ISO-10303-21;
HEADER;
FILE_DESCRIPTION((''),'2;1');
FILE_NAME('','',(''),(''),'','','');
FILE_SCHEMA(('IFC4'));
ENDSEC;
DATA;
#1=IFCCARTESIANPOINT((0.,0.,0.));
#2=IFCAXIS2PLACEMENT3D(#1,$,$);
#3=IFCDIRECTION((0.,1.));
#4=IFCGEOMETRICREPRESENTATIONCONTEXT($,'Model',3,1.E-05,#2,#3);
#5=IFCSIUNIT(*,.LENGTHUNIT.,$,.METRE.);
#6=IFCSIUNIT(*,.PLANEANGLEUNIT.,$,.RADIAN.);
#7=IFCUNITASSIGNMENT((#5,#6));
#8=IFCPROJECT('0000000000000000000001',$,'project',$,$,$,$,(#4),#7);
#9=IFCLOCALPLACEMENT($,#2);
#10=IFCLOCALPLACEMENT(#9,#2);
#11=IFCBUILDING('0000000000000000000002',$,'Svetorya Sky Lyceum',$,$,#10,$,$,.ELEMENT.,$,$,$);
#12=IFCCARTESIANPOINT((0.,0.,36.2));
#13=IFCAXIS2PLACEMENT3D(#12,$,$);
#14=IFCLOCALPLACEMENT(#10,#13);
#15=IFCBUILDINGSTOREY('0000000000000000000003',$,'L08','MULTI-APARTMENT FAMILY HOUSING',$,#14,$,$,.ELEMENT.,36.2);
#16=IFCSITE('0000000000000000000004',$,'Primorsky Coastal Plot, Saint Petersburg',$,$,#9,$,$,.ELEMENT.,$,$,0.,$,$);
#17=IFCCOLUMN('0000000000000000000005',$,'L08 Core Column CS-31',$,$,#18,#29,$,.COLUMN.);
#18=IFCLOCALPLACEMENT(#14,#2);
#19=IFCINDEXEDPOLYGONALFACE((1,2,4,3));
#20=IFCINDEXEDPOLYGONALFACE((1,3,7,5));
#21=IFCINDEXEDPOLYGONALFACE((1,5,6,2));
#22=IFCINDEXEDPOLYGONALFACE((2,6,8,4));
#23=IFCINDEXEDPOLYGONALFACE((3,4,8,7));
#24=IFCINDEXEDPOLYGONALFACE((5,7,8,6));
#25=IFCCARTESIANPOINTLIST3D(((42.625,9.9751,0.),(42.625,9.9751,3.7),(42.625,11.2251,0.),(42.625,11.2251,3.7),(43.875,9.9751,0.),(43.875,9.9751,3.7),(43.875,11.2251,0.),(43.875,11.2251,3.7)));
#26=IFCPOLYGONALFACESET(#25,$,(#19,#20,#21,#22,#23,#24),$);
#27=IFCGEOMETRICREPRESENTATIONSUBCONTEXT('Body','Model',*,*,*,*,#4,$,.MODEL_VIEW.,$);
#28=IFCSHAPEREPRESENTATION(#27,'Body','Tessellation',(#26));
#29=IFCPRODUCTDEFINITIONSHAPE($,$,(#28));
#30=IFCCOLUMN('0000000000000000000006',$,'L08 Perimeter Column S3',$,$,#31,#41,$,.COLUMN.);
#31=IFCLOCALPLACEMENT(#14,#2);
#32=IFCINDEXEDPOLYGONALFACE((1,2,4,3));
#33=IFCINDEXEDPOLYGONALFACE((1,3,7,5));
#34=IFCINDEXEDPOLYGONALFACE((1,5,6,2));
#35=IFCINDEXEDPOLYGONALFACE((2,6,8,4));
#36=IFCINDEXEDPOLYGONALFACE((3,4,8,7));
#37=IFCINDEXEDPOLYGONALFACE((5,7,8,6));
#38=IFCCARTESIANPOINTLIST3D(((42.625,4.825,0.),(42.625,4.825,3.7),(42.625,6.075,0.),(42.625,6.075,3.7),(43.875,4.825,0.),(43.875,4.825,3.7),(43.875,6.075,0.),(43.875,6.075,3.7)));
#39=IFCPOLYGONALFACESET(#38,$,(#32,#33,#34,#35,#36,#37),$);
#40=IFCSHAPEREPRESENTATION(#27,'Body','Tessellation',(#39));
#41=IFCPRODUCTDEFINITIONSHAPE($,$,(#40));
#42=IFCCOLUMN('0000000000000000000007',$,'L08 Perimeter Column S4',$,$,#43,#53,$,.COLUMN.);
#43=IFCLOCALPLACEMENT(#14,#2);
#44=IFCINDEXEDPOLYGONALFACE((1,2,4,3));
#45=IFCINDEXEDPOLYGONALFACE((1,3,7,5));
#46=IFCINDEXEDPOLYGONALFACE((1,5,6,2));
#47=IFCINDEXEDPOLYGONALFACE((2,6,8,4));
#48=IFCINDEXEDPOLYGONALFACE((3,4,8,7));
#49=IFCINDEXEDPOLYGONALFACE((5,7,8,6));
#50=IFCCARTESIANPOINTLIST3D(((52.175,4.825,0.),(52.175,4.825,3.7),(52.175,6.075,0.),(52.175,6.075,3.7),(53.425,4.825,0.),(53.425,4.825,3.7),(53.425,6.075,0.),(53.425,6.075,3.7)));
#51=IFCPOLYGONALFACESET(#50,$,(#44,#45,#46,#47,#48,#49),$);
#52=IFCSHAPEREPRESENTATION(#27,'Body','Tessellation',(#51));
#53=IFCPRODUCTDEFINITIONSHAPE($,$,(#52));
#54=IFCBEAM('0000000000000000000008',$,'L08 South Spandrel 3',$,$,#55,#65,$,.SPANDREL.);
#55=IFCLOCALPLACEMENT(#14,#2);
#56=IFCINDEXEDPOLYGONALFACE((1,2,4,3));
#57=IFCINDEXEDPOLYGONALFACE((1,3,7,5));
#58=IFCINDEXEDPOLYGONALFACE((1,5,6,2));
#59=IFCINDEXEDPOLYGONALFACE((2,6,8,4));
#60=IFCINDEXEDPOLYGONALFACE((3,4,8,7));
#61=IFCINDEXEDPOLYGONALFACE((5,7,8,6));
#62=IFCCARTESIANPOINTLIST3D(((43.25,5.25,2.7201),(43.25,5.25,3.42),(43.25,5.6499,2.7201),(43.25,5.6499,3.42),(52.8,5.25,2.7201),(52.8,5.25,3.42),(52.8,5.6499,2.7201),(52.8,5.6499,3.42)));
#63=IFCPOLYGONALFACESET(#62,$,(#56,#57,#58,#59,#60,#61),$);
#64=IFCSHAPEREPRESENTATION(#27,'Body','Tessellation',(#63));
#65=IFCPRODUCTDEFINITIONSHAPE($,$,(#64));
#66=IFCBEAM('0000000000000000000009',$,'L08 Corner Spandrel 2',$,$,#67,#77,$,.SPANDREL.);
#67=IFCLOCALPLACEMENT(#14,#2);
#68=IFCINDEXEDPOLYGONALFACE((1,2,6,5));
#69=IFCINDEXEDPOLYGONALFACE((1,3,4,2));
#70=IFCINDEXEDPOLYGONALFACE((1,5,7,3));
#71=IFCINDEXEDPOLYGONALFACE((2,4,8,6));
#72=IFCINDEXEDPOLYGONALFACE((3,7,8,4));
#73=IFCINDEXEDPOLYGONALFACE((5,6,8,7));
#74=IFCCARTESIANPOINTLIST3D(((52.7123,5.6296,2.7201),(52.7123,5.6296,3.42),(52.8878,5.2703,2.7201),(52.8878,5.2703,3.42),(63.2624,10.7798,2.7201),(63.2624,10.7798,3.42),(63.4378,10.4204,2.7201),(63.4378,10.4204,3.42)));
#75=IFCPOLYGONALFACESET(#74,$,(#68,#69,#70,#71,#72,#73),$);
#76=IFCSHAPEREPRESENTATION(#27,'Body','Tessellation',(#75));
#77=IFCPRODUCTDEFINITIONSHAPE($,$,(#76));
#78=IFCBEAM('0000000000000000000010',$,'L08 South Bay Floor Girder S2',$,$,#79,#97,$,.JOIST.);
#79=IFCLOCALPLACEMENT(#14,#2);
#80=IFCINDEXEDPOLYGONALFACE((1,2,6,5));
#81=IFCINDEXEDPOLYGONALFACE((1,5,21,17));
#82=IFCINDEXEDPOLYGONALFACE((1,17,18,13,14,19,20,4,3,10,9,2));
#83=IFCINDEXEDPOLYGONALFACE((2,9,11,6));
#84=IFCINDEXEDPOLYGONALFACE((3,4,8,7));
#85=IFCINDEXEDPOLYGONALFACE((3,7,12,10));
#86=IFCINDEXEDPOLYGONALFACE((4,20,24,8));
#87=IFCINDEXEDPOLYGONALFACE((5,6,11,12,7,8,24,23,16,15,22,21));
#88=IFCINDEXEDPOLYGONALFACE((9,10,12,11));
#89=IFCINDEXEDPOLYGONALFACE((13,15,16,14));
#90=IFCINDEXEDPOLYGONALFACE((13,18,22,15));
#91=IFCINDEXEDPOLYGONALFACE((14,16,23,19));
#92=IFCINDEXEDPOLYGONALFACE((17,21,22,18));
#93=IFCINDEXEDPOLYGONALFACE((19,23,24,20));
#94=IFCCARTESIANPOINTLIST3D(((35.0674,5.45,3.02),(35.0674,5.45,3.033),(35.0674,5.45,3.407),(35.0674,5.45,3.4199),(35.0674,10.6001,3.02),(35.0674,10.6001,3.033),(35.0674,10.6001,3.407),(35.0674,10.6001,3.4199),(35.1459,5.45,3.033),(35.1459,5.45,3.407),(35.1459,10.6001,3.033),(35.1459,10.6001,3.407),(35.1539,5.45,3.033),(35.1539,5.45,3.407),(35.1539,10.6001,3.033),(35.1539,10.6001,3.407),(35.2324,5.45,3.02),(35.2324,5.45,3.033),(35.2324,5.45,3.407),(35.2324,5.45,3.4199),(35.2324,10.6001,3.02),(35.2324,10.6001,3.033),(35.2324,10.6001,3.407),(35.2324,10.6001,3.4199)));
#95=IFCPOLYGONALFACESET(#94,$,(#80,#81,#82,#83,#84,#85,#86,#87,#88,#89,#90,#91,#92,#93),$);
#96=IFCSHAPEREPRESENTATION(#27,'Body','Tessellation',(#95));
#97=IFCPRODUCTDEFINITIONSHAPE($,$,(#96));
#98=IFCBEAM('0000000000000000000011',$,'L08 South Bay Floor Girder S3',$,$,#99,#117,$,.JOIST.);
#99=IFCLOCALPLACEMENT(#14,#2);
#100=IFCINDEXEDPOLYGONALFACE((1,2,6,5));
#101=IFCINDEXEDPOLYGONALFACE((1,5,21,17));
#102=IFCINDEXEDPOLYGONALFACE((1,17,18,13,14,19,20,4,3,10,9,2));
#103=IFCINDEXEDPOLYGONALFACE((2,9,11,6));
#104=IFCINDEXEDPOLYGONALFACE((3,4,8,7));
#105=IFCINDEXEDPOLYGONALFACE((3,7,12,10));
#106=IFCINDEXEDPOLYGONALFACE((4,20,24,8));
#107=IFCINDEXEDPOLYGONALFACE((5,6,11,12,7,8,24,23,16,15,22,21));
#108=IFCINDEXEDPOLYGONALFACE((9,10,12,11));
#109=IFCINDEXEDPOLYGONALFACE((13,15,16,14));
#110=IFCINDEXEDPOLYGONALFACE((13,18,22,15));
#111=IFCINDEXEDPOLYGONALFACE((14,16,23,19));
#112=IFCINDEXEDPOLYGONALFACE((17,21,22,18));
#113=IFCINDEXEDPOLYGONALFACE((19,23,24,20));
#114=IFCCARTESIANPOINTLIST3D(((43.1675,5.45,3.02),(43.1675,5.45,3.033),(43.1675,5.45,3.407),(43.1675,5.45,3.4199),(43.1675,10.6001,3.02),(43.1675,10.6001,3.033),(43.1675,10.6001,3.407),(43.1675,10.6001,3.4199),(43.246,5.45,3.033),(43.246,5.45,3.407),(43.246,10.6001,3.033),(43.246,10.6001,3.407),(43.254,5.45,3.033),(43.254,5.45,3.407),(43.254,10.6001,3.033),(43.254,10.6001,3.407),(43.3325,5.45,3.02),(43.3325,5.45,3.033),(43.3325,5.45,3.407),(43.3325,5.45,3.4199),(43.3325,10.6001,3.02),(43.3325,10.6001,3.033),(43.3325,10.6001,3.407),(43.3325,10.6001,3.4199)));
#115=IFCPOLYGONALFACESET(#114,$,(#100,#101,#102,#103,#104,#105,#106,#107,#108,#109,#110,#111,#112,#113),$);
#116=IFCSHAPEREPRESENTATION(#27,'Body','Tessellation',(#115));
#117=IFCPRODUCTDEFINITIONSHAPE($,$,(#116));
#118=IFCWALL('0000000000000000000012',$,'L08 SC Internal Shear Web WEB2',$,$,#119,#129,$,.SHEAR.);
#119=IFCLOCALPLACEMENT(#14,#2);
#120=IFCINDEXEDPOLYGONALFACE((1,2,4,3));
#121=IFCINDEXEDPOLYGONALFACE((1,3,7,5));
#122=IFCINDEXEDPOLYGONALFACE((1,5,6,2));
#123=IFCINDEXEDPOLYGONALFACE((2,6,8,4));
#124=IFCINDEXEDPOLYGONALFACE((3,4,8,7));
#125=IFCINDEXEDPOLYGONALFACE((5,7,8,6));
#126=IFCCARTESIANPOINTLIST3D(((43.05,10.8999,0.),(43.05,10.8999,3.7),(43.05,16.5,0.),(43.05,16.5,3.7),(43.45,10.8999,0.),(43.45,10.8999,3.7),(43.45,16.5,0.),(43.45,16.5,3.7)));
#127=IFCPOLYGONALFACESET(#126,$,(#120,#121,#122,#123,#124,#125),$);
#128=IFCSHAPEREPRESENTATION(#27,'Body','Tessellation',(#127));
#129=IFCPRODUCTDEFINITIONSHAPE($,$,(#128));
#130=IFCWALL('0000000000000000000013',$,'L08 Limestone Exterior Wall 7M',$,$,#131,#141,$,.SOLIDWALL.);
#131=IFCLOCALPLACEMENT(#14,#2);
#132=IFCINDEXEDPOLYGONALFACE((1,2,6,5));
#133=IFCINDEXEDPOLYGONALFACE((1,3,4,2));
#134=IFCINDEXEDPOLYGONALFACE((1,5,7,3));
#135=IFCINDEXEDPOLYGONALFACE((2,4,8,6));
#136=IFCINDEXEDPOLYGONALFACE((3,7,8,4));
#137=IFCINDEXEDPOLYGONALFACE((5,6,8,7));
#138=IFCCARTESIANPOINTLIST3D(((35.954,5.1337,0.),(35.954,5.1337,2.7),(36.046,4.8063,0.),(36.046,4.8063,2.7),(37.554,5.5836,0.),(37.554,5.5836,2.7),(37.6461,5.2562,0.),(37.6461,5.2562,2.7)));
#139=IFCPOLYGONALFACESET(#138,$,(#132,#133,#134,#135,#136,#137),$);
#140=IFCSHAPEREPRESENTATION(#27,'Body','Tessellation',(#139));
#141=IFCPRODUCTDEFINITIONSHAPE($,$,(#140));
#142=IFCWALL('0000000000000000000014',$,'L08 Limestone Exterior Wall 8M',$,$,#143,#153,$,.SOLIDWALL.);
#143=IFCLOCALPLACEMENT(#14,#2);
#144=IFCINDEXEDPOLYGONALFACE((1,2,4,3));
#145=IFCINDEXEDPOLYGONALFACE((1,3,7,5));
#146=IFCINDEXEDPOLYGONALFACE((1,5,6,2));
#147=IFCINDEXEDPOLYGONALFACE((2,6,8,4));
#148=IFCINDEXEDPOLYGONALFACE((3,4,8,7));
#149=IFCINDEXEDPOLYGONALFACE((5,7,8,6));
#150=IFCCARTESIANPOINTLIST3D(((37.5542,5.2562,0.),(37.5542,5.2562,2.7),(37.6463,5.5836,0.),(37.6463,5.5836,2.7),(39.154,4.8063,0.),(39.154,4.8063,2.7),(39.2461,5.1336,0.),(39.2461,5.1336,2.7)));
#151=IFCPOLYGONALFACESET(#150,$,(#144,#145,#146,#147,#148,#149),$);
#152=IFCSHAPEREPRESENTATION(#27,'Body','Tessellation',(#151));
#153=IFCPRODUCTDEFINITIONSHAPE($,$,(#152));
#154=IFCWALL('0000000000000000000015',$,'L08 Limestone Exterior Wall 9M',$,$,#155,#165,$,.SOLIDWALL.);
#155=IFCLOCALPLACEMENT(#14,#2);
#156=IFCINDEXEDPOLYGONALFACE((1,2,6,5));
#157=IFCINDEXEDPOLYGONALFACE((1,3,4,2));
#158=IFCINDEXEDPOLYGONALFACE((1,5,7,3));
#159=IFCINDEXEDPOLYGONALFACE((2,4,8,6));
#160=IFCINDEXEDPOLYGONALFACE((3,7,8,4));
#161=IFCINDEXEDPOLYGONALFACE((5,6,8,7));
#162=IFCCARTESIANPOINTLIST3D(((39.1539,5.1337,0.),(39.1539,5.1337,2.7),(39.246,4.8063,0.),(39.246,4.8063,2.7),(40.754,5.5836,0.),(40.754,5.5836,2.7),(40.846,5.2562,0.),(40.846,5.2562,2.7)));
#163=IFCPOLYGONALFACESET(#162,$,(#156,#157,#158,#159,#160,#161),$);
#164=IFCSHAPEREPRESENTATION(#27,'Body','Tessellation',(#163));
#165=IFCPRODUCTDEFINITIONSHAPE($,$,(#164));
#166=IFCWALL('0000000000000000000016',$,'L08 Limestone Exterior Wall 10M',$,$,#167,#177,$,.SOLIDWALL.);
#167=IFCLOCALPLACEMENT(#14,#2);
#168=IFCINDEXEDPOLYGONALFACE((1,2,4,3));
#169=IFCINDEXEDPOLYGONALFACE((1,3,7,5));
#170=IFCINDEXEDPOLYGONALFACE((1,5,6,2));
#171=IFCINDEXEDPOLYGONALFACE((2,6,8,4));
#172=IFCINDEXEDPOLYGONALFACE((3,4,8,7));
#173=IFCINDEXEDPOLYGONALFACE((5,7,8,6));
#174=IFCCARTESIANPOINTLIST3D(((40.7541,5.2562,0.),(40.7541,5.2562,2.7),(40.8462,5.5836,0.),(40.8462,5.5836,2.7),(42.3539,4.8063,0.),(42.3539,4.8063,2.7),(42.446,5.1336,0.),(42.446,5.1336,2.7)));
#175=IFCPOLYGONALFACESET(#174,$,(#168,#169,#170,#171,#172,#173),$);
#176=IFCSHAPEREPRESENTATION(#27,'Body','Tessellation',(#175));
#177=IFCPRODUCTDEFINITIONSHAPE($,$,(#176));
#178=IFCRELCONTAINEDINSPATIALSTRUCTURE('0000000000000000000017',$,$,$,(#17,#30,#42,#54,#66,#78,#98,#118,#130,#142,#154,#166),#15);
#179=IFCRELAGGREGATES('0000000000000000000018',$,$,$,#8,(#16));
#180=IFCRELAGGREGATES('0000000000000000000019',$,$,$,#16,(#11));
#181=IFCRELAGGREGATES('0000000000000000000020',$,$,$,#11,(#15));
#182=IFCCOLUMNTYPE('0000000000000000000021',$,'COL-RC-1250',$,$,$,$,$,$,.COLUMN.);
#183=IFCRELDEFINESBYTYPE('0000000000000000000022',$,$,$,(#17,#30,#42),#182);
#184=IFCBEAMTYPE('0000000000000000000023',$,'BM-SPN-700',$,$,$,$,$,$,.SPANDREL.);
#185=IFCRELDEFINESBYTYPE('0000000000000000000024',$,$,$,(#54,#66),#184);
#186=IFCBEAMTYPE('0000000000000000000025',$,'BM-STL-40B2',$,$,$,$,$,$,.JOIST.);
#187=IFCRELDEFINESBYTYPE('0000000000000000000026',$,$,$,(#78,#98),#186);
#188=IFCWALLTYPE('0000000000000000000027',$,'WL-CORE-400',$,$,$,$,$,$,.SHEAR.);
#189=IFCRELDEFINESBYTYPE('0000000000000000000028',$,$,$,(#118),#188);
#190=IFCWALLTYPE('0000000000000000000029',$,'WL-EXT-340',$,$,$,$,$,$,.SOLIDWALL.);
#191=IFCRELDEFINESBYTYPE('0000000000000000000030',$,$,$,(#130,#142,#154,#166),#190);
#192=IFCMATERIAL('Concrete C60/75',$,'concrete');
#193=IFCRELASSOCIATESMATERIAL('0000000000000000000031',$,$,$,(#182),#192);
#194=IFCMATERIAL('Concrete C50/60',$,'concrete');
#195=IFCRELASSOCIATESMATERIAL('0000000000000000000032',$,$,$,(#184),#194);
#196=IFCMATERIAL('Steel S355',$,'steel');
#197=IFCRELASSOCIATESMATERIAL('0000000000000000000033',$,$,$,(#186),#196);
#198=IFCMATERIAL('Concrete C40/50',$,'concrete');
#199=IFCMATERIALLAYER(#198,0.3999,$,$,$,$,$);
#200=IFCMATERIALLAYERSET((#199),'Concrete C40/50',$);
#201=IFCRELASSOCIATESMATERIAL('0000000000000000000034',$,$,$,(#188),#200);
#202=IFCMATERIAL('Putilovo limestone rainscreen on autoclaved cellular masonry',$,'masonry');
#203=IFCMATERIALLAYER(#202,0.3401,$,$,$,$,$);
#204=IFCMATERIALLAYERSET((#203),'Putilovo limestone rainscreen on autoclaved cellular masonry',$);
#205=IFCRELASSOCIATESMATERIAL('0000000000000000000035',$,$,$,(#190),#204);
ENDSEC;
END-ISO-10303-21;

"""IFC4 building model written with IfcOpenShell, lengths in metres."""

from ifc_helpers import new_model, si_unit, direction, frame, frame_2d, origin, origin_2d, place, context, subcontext, project, spatial, rectangle, i_section, extrude, material, layer, layer_set, material_profile, profile_set, type_object, element, save


model = new_model("IFC4")

# Units and contexts
model_context = context("Model", 3, precision=1e-05, world=origin(), true_north=direction((0.0, 1.0)))
body_context = subcontext(model_context, "Body", "Model", "MODEL_VIEW")
ifc_project = project(units=[si_unit("LENGTHUNIT", "METRE"), si_unit("PLANEANGLEUNIT", "RADIAN")], contexts=[model_context])

# Site, building, storey
site_placement = place(None, origin())
site = spatial("IfcSite", under=ifc_project, at=site_placement, Name="Primorsky Coastal Plot, Saint Petersburg", CompositionType="ELEMENT", RefElevation=0.0)
building_placement = place(site_placement, origin())
building = spatial("IfcBuilding", under=site, at=building_placement, Name="Svetorya Sky Lyceum", CompositionType="ELEMENT")
storey_placement = place(building_placement, frame((0.0, 0.0, 36.2)))
storey = spatial("IfcBuildingStorey", under=building, at=storey_placement, Name="L08", Description="MULTI-APARTMENT FAMILY HOUSING", CompositionType="ELEMENT", Elevation=36.2)

# Columns
ifc_material_1 = material(Name="Concrete C60/75", Category="concrete")
ifc_material_profile_1 = material_profile(ifc_material_1, rectangle(XDim=1.25, YDim=1.25, at=origin_2d()), Name="RC COL 1250x1250")
ifc_profile_set_1 = profile_set([ifc_material_profile_1], Name="Concrete C60/75")
column_type = type_object("IfcColumnType", Name="COL-RC-1250", PredefinedType="COLUMN", material=ifc_profile_set_1)
for number, where, z_axis, x_axis, name in (
    (1, (43.25, 10.6001, 0.0), (0.0, 0.0, 1.0), (1.0, 0.0, 0.0), "L08 Core Column CS-31"),
    (2, (43.25, 5.45, 0.0), (0.0, 0.0, 1.0), (1.0, 0.0, 0.0), "L08 Perimeter Column S3"),
    (3, (52.8, 5.45, 0.0), (0.0, 0.0, 1.0), (1.0, 0.0, 0.0), "L08 Perimeter Column S4"),
):
    element("IfcColumn", number, at=place(storey_placement, frame(where, z_axis=z_axis, x_axis=x_axis)), inside=storey, type_object=column_type, Name=name, PredefinedType="COLUMN", context=body_context, shape_type="SweptSolid", body=[
        extrude(rectangle(XDim=1.25, YDim=1.25, at=origin_2d()), origin(), (0.0, 0.0, 1.0), 3.7),
    ])

# Beams
ifc_material_2 = material(Name="Concrete C50/60", Category="concrete")
ifc_material_profile_2 = material_profile(ifc_material_2, rectangle(XDim=0.3999, YDim=0.7, at=origin_2d()), Name="RC SPANDREL 400x700")
ifc_profile_set_2 = profile_set([ifc_material_profile_2], Name="Concrete C50/60")
beam_type_1 = type_object("IfcBeamType", Name="BM-SPN-700", PredefinedType="SPANDREL", material=ifc_profile_set_2)
beam_1_placement = place(storey_placement, frame((43.25, 5.45, 3.0701), z_axis=(1.0, 0.0, 0.0), x_axis=(0.0, 1.0, 0.0)))
element("IfcBeam", 4, at=beam_1_placement, inside=storey, type_object=beam_type_1, Name="L08 South Spandrel 3", PredefinedType="SPANDREL", context=body_context, shape_type="SweptSolid", body=[
    extrude(rectangle(XDim=0.3999, YDim=0.7, at=origin_2d()), origin(), (0.0, 0.0, 1.0), 9.55),
])
beam_2_placement = place(storey_placement, frame((52.8, 5.45, 3.0701), z_axis=(0.898641, 0.438684, 0.0), x_axis=(-0.438684, 0.898641, 0.0)))
element("IfcBeam", 5, at=beam_2_placement, inside=storey, type_object=beam_type_1, Name="L08 Corner Spandrel 2", PredefinedType="SPANDREL", context=body_context, shape_type="SweptSolid", body=[
    extrude(rectangle(XDim=0.3999, YDim=0.7, at=origin_2d()), origin(), (0.0, 0.0, 1.0), 11.74),
])
ifc_material_3 = material(Name="Steel S355", Category="steel")
ifc_material_profile_3 = material_profile(ifc_material_3, i_section(OverallWidth=0.165, OverallDepth=0.3999, WebThickness=0.0081, FlangeThickness=0.0129, at=origin_2d()), Name="GOST 40B2")
ifc_profile_set_3 = profile_set([ifc_material_profile_3], Name="Steel S355")
beam_type_2 = type_object("IfcBeamType", Name="BM-STL-40B2", PredefinedType="JOIST", material=ifc_profile_set_3)
for number, where, z_axis, x_axis, name in (
    (6, (35.1499, 5.45, 3.22), (0.0, 1.0, 0.0), (-1.0, 0.0, 0.0), "L08 South Bay Floor Girder S2"),
    (7, (43.25, 5.45, 3.22), (0.0, 1.0, 0.0), (-1.0, 0.0, 0.0), "L08 South Bay Floor Girder S3"),
):
    element("IfcBeam", number, at=place(storey_placement, frame(where, z_axis=z_axis, x_axis=x_axis)), inside=storey, type_object=beam_type_2, Name=name, PredefinedType="JOIST", context=body_context, shape_type="SweptSolid", body=[
        extrude(i_section(OverallWidth=0.165, OverallDepth=0.3999, WebThickness=0.0081, FlangeThickness=0.0129, at=origin_2d()), origin(), (0.0, 0.0, 1.0), 5.1501),
    ])

# Walls
ifc_material_4 = material(Name="Concrete C40/50", Category="concrete")
ifc_layer_1 = layer(ifc_material_4, 0.3999)
ifc_layer_set_1 = layer_set([ifc_layer_1], Name="Concrete C40/50")
wall_type_1 = type_object("IfcWallType", Name="WL-CORE-400", PredefinedType="SHEAR", material=ifc_layer_set_1)
wall_1_placement = place(storey_placement, frame((43.25, 10.8999, 0.0), z_axis=(0.0, 0.0, 1.0), x_axis=(0.0, 1.0, 0.0)))
element("IfcWall", 8, at=wall_1_placement, inside=storey, type_object=wall_type_1, Name="L08 SC Internal Shear Web WEB2", PredefinedType="SHEAR", context=body_context, shape_type="SweptSolid", body=[
    extrude(rectangle(XDim=5.6001, YDim=0.3999, at=frame_2d((2.8, 0.0))), origin(), (0.0, 0.0, 1.0), 3.7),
])
ifc_material_5 = material(Name="Putilovo limestone rainscreen on autoclaved cellular masonry", Category="masonry")
ifc_layer_2 = layer(ifc_material_5, 0.3401)
ifc_layer_set_2 = layer_set([ifc_layer_2], Name="Putilovo limestone rainscreen on autoclaved cellular masonry")
wall_type_2 = type_object("IfcWallType", Name="WL-EXT-340", PredefinedType="SOLIDWALL", material=ifc_layer_set_2)
wall_2_placement = place(storey_placement, frame((36.0, 4.97, 0.0), z_axis=(0.0, 0.0, 1.0), x_axis=(0.962663, 0.270703, 0.0)))
element("IfcWall", 9, at=wall_2_placement, inside=storey, type_object=wall_type_2, Name="L08 Limestone Exterior Wall 7M", PredefinedType="SOLIDWALL", context=body_context, shape_type="SweptSolid", body=[
    extrude(rectangle(XDim=1.6621, YDim=0.3401, at=frame_2d((0.8311, 0.0))), origin(), (0.0, 0.0, 1.0), 2.7),
])
wall_3_placement = place(storey_placement, frame((37.6001, 5.4199, 0.0), z_axis=(0.0, 0.0, 1.0), x_axis=(0.962652, -0.270741, 0.0)))
element("IfcWall", 10, at=wall_3_placement, inside=storey, type_object=wall_type_2, Name="L08 Limestone Exterior Wall 8M", PredefinedType="SOLIDWALL", context=body_context, shape_type="SweptSolid", body=[
    extrude(rectangle(XDim=1.6619, YDim=0.3401, at=frame_2d((0.8311, 0.0))), origin(), (0.0, 0.0, 1.0), 2.7),
])
wall_4_placement = place(storey_placement, frame((39.2, 4.97, 0.0), z_axis=(0.0, 0.0, 1.0), x_axis=(0.962663, 0.270703, 0.0)))
element("IfcWall", 11, at=wall_4_placement, inside=storey, type_object=wall_type_2, Name="L08 Limestone Exterior Wall 9M", PredefinedType="SOLIDWALL", context=body_context, shape_type="SweptSolid", body=[
    extrude(rectangle(XDim=1.6621, YDim=0.3401, at=frame_2d((0.8311, 0.0))), origin(), (0.0, 0.0, 1.0), 2.7),
])
wall_5_placement = place(storey_placement, frame((40.8, 5.4199, 0.0), z_axis=(0.0, 0.0, 1.0), x_axis=(0.962652, -0.270741, 0.0)))
element("IfcWall", 12, at=wall_5_placement, inside=storey, type_object=wall_type_2, Name="L08 Limestone Exterior Wall 10M", PredefinedType="SOLIDWALL", context=body_context, shape_type="SweptSolid", body=[
    extrude(rectangle(XDim=1.6619, YDim=0.3401, at=frame_2d((0.8311, 0.0))), origin(), (0.0, 0.0, 1.0), 2.7),
])

save(model, "model.ifc")
